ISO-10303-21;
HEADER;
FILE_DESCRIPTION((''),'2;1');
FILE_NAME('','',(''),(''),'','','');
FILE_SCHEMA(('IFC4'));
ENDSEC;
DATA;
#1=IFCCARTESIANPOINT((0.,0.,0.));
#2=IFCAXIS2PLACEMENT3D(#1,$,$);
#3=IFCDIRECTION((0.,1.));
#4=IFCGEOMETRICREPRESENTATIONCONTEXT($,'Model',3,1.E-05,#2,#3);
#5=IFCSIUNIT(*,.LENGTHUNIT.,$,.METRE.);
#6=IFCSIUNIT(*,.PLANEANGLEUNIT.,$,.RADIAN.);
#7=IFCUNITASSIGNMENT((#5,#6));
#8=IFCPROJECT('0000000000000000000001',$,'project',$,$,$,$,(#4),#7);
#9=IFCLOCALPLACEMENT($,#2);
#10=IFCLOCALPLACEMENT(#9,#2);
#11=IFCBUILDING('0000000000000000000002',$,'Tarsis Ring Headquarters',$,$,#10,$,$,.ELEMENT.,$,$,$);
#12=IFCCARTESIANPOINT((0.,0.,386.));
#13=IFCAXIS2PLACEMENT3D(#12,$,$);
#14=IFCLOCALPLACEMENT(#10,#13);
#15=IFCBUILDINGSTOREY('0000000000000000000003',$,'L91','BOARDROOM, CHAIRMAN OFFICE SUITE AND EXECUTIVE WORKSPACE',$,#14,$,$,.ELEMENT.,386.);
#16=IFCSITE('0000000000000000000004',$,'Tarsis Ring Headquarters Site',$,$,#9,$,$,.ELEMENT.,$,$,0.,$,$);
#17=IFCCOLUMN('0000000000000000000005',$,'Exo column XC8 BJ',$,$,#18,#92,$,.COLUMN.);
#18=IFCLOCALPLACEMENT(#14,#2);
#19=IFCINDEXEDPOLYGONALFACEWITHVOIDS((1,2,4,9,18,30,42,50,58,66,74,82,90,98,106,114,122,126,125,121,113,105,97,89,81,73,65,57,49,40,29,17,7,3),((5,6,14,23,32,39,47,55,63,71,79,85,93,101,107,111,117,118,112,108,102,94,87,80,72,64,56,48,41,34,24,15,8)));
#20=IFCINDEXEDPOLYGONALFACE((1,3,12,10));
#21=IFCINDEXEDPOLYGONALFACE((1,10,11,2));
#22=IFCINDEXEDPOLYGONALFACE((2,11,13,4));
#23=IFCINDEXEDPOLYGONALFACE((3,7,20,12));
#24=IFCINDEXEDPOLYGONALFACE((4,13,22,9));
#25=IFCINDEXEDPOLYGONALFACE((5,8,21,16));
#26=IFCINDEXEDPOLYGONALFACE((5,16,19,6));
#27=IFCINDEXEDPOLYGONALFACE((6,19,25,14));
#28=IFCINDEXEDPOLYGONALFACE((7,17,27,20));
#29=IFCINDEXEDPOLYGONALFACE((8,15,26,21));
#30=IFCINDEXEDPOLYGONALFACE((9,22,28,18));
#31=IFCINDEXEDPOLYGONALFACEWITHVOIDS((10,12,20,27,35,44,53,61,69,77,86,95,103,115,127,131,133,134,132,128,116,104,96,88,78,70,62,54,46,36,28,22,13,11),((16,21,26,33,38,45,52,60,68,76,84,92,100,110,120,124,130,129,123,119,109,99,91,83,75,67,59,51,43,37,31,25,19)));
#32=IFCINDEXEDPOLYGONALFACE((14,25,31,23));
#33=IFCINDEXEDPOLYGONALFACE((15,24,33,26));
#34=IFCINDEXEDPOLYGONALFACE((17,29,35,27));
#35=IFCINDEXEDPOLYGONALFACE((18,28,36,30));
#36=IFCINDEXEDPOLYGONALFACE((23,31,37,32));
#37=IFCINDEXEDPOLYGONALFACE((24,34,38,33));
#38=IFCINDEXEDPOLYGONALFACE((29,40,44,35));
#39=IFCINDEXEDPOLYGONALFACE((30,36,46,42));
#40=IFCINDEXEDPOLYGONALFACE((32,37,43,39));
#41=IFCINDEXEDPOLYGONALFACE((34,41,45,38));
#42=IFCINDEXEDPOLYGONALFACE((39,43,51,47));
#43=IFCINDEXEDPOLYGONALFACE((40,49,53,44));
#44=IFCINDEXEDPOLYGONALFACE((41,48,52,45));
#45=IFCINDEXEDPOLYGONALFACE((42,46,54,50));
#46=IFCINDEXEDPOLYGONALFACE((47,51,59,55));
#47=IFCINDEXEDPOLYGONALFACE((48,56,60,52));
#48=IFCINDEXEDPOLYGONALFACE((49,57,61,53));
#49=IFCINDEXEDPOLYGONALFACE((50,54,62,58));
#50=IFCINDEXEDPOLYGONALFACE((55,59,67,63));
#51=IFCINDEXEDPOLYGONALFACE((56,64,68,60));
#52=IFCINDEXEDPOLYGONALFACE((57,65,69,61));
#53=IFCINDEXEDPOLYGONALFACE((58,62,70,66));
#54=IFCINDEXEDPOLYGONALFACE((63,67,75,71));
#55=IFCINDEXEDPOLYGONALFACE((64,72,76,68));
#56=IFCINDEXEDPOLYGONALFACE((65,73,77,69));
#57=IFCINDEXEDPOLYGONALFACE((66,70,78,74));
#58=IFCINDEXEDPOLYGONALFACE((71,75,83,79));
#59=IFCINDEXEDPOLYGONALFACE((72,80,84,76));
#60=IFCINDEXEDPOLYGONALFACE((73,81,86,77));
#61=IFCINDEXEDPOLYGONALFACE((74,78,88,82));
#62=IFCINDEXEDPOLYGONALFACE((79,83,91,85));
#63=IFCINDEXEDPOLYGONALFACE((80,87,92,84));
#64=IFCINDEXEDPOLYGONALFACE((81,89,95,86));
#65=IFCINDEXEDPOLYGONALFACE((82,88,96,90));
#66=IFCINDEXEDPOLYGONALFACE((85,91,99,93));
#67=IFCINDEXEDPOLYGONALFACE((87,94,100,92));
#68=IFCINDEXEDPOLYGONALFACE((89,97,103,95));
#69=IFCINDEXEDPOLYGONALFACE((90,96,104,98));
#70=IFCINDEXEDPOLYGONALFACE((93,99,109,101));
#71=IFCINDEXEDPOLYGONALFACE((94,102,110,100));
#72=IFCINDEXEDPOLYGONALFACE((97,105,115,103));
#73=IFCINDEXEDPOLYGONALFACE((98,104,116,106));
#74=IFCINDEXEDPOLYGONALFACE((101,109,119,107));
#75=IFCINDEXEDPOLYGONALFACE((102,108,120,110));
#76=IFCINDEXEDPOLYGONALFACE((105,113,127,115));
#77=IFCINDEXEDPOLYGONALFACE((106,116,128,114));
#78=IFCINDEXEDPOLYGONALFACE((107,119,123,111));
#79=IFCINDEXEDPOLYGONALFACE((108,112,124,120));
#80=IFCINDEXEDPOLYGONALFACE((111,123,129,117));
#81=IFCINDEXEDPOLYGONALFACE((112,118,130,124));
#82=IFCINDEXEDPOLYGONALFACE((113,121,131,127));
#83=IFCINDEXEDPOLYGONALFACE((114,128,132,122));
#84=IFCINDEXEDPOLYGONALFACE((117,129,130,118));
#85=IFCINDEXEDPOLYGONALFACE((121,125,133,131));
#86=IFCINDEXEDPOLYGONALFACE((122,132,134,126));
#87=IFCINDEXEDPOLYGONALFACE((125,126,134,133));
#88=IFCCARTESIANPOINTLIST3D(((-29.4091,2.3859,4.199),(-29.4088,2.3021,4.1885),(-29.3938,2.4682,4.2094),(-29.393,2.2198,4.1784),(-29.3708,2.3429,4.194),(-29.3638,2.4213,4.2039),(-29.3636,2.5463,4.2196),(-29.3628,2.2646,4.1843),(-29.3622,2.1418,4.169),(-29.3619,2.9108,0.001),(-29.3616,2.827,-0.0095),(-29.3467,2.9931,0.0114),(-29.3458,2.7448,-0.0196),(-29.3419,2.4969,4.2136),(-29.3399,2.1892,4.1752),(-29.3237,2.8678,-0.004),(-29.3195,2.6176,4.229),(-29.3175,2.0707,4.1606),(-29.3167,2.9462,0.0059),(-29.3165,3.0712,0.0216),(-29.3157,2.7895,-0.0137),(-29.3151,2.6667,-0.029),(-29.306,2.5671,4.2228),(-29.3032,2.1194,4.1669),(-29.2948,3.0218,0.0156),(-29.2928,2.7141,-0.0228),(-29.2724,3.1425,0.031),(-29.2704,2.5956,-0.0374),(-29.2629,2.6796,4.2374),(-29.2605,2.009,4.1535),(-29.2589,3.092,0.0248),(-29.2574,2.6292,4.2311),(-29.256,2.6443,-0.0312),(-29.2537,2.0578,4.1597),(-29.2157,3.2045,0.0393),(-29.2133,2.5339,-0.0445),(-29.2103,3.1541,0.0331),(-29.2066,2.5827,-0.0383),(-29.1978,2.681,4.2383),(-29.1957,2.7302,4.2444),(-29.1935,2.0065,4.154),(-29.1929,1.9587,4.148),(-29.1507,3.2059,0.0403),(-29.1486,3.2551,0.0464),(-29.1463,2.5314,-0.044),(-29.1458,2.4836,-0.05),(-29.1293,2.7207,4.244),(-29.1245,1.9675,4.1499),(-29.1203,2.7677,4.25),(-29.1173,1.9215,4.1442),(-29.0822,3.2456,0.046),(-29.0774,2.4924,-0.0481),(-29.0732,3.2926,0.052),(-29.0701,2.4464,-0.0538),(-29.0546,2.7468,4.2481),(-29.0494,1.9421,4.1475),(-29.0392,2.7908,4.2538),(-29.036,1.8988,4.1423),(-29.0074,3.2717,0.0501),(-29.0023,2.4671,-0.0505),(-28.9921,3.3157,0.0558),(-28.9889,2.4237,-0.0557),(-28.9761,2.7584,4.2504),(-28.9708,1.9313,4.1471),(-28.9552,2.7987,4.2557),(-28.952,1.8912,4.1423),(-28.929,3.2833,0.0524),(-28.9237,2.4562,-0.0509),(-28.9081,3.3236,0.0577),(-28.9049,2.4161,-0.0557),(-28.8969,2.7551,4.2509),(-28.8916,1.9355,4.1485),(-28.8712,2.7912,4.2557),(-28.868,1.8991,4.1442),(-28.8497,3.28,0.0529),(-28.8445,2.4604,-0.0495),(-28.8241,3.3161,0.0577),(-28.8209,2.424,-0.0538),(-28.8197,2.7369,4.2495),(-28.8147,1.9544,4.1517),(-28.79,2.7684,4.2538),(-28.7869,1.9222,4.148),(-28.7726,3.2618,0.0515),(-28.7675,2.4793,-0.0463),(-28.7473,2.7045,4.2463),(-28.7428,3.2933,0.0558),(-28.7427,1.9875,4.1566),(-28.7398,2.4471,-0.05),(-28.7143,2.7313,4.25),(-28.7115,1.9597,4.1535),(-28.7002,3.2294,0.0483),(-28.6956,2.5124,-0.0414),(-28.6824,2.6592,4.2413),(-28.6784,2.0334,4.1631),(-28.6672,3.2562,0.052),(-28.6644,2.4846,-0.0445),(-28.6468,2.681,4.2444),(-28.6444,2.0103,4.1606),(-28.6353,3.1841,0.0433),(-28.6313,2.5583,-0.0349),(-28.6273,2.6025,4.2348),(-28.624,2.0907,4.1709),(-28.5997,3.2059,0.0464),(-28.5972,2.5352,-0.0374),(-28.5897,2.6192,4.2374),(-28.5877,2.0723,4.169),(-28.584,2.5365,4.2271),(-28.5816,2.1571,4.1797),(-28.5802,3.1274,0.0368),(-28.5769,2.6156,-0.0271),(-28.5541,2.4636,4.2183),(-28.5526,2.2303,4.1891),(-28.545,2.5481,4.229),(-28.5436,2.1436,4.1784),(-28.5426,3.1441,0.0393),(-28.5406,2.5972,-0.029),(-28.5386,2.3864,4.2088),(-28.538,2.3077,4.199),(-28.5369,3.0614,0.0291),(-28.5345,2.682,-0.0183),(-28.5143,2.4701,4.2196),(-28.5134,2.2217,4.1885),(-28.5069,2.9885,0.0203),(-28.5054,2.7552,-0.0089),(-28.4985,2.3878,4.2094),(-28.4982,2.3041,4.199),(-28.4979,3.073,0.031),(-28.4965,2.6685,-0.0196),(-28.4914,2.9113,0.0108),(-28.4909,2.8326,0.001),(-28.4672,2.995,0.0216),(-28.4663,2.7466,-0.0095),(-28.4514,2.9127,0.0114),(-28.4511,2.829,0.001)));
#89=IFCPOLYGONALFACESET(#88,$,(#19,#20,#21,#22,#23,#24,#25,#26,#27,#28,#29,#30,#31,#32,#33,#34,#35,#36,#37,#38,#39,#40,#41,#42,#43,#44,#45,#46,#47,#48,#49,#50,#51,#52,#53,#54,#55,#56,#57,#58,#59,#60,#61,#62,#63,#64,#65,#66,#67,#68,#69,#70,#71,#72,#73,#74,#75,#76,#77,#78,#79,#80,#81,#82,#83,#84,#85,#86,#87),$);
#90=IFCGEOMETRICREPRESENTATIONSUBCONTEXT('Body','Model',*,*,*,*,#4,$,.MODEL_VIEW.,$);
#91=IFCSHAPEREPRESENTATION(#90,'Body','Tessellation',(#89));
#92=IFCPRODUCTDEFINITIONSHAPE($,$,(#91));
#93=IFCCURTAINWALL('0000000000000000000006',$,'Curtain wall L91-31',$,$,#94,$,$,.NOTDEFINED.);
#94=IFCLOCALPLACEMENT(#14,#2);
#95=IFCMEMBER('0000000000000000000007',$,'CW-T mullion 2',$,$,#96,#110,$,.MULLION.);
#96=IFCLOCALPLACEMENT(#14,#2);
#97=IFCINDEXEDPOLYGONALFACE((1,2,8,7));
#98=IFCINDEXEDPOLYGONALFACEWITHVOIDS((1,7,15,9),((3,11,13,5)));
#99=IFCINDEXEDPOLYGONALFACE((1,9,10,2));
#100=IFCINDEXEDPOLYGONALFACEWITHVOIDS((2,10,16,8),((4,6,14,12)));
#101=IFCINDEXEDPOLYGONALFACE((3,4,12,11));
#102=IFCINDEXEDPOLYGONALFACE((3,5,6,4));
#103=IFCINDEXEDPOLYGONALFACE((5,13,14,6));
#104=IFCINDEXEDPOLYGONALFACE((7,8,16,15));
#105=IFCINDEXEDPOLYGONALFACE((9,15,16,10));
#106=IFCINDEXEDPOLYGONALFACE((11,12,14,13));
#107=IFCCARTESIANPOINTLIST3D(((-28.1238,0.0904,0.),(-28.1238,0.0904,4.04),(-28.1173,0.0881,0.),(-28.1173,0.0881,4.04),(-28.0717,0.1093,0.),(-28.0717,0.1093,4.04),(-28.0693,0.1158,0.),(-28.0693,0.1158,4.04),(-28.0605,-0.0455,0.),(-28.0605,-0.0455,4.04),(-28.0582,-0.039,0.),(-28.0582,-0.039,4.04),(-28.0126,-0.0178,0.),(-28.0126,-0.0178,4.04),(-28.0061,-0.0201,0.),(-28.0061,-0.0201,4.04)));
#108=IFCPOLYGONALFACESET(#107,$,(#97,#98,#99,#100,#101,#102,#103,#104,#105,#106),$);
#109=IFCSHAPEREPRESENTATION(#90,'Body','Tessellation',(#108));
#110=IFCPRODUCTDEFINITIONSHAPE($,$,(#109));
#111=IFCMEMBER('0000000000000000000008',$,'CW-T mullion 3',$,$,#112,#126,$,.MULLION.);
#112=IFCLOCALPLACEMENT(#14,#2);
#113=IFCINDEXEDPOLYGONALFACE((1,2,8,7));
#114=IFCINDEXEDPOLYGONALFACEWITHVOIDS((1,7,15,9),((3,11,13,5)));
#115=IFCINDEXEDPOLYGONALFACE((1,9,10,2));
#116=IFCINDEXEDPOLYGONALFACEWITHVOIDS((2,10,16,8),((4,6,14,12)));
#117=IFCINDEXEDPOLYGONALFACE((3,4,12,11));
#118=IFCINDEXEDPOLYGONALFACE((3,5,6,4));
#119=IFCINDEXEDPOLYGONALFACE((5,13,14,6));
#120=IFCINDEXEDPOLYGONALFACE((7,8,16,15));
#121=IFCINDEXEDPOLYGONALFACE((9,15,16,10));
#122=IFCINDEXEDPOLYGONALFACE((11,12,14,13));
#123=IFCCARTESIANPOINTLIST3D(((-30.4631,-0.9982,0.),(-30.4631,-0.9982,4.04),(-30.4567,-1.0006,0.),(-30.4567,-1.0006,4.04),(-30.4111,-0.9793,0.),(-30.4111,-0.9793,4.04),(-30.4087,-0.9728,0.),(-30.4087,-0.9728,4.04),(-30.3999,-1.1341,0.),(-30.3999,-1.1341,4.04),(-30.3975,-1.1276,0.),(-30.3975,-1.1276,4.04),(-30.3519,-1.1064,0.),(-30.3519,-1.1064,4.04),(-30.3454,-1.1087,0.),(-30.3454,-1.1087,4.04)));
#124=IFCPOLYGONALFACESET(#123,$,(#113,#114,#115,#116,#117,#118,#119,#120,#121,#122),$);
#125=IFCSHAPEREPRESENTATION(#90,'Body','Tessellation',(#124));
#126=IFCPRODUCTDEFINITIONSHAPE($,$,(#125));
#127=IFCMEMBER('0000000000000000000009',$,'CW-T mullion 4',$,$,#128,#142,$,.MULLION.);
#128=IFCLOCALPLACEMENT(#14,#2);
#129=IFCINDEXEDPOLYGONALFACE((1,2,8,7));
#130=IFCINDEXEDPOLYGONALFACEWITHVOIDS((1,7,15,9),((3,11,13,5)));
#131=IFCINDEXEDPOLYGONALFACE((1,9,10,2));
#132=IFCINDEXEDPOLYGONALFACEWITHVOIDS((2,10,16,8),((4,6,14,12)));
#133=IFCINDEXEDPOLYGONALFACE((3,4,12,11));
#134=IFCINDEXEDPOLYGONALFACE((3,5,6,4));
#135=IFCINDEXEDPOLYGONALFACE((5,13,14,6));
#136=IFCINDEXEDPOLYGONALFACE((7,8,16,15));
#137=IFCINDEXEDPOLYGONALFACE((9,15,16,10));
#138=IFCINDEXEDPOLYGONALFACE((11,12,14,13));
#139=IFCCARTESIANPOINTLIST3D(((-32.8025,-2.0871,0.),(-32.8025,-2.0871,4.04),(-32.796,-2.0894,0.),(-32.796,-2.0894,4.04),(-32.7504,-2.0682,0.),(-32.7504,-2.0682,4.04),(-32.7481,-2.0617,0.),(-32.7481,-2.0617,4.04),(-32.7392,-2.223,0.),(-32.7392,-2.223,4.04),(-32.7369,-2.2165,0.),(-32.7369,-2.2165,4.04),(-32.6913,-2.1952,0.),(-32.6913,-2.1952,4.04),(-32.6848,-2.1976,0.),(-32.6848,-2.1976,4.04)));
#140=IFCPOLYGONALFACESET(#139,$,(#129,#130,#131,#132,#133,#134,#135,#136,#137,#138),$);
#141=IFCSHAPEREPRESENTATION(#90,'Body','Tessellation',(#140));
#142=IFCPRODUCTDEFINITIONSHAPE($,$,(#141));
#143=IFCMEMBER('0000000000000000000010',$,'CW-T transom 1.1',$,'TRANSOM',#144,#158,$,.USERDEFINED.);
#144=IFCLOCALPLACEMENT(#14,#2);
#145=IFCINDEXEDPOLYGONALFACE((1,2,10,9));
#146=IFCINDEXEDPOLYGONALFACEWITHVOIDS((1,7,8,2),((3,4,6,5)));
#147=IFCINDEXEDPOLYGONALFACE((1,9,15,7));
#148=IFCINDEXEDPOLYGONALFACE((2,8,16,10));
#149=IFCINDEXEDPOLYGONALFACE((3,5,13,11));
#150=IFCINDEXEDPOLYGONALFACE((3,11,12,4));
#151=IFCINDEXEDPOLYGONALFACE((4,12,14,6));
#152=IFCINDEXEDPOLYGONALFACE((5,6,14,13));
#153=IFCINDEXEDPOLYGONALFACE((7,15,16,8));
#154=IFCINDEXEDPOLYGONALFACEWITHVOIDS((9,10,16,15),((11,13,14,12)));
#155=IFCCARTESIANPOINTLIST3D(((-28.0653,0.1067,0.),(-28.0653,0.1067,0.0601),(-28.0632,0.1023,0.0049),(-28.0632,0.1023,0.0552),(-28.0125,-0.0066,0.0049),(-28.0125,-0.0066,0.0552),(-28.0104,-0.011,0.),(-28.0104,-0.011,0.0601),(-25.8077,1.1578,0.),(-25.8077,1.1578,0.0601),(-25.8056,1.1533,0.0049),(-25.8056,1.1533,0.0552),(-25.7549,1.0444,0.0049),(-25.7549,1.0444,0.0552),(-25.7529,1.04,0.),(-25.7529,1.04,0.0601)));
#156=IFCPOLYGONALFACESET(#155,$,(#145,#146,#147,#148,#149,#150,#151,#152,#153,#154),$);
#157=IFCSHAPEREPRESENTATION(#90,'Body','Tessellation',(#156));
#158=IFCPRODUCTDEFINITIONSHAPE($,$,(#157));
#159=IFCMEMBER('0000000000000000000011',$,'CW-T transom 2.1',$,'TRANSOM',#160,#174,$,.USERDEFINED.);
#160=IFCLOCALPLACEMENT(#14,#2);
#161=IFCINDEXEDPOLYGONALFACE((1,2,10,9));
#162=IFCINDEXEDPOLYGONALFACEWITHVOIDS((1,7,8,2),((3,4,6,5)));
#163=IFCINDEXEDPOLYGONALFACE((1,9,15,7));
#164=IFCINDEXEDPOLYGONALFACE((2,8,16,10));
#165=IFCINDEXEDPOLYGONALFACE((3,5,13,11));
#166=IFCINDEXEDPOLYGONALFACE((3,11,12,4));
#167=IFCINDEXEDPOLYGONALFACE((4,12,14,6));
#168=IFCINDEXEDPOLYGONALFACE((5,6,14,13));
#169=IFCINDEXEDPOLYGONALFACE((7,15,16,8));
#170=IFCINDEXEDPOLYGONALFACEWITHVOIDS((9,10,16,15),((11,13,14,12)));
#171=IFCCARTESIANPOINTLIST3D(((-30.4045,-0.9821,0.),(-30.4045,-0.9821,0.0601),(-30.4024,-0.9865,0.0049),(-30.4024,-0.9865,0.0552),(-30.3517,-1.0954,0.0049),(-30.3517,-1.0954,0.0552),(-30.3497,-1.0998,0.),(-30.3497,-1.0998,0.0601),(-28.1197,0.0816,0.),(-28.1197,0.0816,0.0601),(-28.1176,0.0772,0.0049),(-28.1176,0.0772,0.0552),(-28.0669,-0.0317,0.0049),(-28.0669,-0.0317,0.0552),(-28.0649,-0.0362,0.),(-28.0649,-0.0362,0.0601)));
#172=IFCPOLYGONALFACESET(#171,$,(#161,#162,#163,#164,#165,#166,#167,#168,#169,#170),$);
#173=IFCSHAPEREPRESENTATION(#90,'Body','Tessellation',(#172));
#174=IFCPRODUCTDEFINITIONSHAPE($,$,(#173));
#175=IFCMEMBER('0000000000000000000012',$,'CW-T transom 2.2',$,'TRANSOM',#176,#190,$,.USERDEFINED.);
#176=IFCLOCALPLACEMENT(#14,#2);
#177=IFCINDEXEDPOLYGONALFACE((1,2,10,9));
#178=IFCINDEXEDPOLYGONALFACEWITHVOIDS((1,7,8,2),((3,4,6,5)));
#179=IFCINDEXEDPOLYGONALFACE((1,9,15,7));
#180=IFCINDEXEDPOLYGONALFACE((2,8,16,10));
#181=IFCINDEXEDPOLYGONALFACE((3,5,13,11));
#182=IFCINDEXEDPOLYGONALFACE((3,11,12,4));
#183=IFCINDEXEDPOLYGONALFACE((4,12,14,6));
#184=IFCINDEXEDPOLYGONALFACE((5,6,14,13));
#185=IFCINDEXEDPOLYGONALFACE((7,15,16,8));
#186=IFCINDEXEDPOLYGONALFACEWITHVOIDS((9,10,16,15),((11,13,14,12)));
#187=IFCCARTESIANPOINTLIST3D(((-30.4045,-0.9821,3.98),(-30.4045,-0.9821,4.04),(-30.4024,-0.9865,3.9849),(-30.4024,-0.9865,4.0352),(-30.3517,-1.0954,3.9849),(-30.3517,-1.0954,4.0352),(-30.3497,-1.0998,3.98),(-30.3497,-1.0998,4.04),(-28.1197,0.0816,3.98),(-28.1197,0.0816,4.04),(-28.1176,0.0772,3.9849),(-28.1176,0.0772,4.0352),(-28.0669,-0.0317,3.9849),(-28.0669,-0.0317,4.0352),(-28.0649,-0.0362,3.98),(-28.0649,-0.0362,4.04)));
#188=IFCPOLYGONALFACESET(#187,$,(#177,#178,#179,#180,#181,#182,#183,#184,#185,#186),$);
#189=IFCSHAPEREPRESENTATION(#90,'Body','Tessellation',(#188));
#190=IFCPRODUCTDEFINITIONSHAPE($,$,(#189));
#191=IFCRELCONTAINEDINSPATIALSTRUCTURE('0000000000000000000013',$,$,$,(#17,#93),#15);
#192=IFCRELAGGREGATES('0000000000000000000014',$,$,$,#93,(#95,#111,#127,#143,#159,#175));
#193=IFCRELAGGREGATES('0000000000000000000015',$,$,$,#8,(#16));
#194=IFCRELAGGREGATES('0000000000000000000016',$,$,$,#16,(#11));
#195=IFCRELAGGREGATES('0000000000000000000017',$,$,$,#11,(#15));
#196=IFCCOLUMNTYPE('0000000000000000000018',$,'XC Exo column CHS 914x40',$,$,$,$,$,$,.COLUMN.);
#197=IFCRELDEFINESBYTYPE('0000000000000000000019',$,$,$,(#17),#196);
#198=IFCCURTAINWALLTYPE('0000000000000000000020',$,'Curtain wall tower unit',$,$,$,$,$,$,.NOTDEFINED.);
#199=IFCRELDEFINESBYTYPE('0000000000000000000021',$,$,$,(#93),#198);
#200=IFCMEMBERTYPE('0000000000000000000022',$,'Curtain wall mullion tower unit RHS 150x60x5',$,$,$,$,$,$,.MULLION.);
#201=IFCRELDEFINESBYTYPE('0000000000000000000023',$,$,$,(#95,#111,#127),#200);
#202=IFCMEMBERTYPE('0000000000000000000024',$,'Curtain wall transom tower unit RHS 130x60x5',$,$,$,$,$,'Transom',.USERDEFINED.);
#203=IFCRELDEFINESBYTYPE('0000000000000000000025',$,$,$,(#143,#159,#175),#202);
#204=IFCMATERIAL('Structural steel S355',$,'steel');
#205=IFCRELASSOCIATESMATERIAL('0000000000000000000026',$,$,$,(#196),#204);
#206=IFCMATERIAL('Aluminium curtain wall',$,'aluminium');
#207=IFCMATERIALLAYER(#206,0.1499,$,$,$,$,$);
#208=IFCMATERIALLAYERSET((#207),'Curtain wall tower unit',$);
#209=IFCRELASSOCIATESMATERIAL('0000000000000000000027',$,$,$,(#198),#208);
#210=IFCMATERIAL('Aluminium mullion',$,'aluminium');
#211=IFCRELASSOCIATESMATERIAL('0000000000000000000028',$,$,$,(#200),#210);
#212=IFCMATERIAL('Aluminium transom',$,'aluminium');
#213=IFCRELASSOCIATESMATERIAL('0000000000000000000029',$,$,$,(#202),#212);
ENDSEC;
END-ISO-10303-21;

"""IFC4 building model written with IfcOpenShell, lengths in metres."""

from ifc_helpers import new_model, si_unit, direction, frame, origin, origin_2d, place, context, subcontext, project, spatial, hollow_rectangle, hollow_circle, extrude, material, layer, layer_set, material_profile, profile_set, type_object, element, aggregate, save


model = new_model("IFC4")

# Units and contexts
model_context = context("Model", 3, precision=1e-05, world=origin(), true_north=direction((0.0, 1.0)))
body_context = subcontext(model_context, "Body", "Model", "MODEL_VIEW")
ifc_project = project(units=[si_unit("LENGTHUNIT", "METRE"), si_unit("PLANEANGLEUNIT", "RADIAN")], contexts=[model_context])

# Site, building, storey
site_placement = place(None, origin())
site = spatial("IfcSite", under=ifc_project, at=site_placement, Name="Tarsis Ring Headquarters Site", CompositionType="ELEMENT", RefElevation=0.0)
building_placement = place(site_placement, origin())
building = spatial("IfcBuilding", under=site, at=building_placement, Name="Tarsis Ring Headquarters", CompositionType="ELEMENT")
storey_placement = place(building_placement, frame((0.0, 0.0, 386.0)))
storey = spatial("IfcBuildingStorey", under=building, at=storey_placement, Name="L91", Description="BOARDROOM, CHAIRMAN OFFICE SUITE AND EXECUTIVE WORKSPACE", CompositionType="ELEMENT", Elevation=386.0)

# Column
ifc_material_1 = material(Name="Structural steel S355", Category="steel")
ifc_material_profile_1 = material_profile(ifc_material_1, hollow_circle(Radius=0.457, WallThickness=0.04, at=origin_2d()), Name="CHS 914x40")
ifc_profile_set_1 = profile_set([ifc_material_profile_1], Name="Structural steel S355")
column_type = type_object("IfcColumnType", Name="XC Exo column CHS 914x40", PredefinedType="COLUMN", material=ifc_profile_set_1)
column_placement = place(storey_placement, frame((-28.9065, 2.8699, 0.001), z_axis=(-0.011137, -0.124063, 0.992212), x_axis=(0.995995, -0.089408, 0.0)))
element("IfcColumn", 1, at=column_placement, inside=storey, type_object=column_type, Name="Exo column XC8 BJ", PredefinedType="COLUMN", context=body_context, shape_type="SweptSolid", body=[
    extrude(hollow_circle(Radius=0.4573, WallThickness=0.04, at=origin_2d()), origin(), (0.0, 0.0, 1.0), 4.231),
])

# Curtain wall, members
ifc_material_2 = material(Name="Aluminium curtain wall", Category="aluminium")
ifc_layer_1 = layer(ifc_material_2, 0.1499)
ifc_layer_set_1 = layer_set([ifc_layer_1], Name="Curtain wall tower unit")
curtain_wall_type = type_object("IfcCurtainWallType", Name="Curtain wall tower unit", PredefinedType="NOTDEFINED", material=ifc_layer_set_1)
curtain_wall_placement = place(storey_placement, origin())
curtain_wall = element("IfcCurtainWall", 2, at=curtain_wall_placement, inside=storey, type_object=curtain_wall_type, Name="Curtain wall L91-31", PredefinedType="NOTDEFINED")
ifc_material_3 = material(Name="Aluminium mullion", Category="aluminium")
ifc_material_profile_2 = material_profile(ifc_material_3, hollow_rectangle(XDim=0.1499, YDim=0.0601, WallThickness=0.0049, at=origin_2d()), Name="RHS 150x60x5")
ifc_profile_set_2 = profile_set([ifc_material_profile_2], Name="Aluminium mullion")
member_type_1 = type_object("IfcMemberType", Name="Curtain wall mullion tower unit RHS 150x60x5", PredefinedType="MULLION", material=ifc_profile_set_2)
member_1_placement = place(storey_placement, frame((-28.0649, 0.0352, 0.0), z_axis=(0.0, 0.0, 1.0), x_axis=(0.421985, -0.906603, 0.0)))
member_1 = element("IfcMember", 3, at=member_1_placement, type_object=member_type_1, Name="CW-T mullion 2", PredefinedType="MULLION", context=body_context, shape_type="SweptSolid", body=[
    extrude(hollow_rectangle(XDim=0.1499, YDim=0.0601, WallThickness=0.0049, at=origin_2d()), origin(), (0.0, 0.0, 1.0), 4.04),
])
member_2_placement = place(storey_placement, frame((-30.4043, -1.0535, 0.0), z_axis=(0.0, 0.0, 1.0), x_axis=(0.421985, -0.906603, 0.0)))
member_2 = element("IfcMember", 4, at=member_2_placement, type_object=member_type_1, Name="CW-T mullion 3", PredefinedType="MULLION", context=body_context, shape_type="SweptSolid", body=[
    extrude(hollow_rectangle(XDim=0.1499, YDim=0.0601, WallThickness=0.0049, at=origin_2d()), origin(), (0.0, 0.0, 1.0), 4.04),
])
member_3_placement = place(storey_placement, frame((-32.7437, -2.1423, 0.0), z_axis=(0.0, 0.0, 1.0), x_axis=(0.421985, -0.906603, 0.0)))
member_3 = element("IfcMember", 5, at=member_3_placement, type_object=member_type_1, Name="CW-T mullion 4", PredefinedType="MULLION", context=body_context, shape_type="SweptSolid", body=[
    extrude(hollow_rectangle(XDim=0.1499, YDim=0.0601, WallThickness=0.0049, at=origin_2d()), origin(), (0.0, 0.0, 1.0), 4.04),
])
ifc_material_4 = material(Name="Aluminium transom", Category="aluminium")
ifc_material_profile_3 = material_profile(ifc_material_4, hollow_rectangle(XDim=0.1299, YDim=0.0601, WallThickness=0.0049, at=origin_2d()), Name="RHS 130x60x5")
ifc_profile_set_3 = profile_set([ifc_material_profile_3], Name="Aluminium transom")
member_type_2 = type_object("IfcMemberType", Name="Curtain wall transom tower unit RHS 130x60x5", ElementType="Transom", PredefinedType="USERDEFINED", material=ifc_profile_set_3)
member_4_placement = place(storey_placement, frame((-25.7803, 1.0989, 0.03), z_axis=(-0.906568, -0.422059, 0.0), x_axis=(0.422059, -0.906568, 0.0)))
member_4 = element("IfcMember", 6, at=member_4_placement, type_object=member_type_2, Name="CW-T transom 1.1", ObjectType="TRANSOM", PredefinedType="USERDEFINED", context=body_context, shape_type="SweptSolid", body=[
    extrude(hollow_rectangle(XDim=0.1299, YDim=0.0601, WallThickness=0.0049, at=origin_2d()), origin(), (0.0, 0.0, 1.0), 2.4902),
])
member_5_placement = place(storey_placement, frame((-28.0923, 0.0227, 0.03), z_axis=(-0.906574, -0.422047, 0.0), x_axis=(0.422047, -0.906574, 0.0)))
member_5 = element("IfcMember", 7, at=member_5_placement, type_object=member_type_2, Name="CW-T transom 2.1", ObjectType="TRANSOM", PredefinedType="USERDEFINED", context=body_context, shape_type="SweptSolid", body=[
    extrude(hollow_rectangle(XDim=0.1299, YDim=0.0601, WallThickness=0.0049, at=origin_2d()), origin(), (0.0, 0.0, 1.0), 2.5203),
])
member_6_placement = place(storey_placement, frame((-28.0923, 0.0227, 4.01), z_axis=(-0.906574, -0.422047, 0.0), x_axis=(0.422047, -0.906574, 0.0)))
member_6 = element("IfcMember", 8, at=member_6_placement, type_object=member_type_2, Name="CW-T transom 2.2", ObjectType="TRANSOM", PredefinedType="USERDEFINED", context=body_context, shape_type="SweptSolid", body=[
    extrude(hollow_rectangle(XDim=0.1299, YDim=0.0601, WallThickness=0.0049, at=origin_2d()), origin(), (0.0, 0.0, 1.0), 2.5203),
])

aggregate(curtain_wall, [member_1, member_2, member_3, member_4, member_5, member_6])

save(model, "model.ifc")
